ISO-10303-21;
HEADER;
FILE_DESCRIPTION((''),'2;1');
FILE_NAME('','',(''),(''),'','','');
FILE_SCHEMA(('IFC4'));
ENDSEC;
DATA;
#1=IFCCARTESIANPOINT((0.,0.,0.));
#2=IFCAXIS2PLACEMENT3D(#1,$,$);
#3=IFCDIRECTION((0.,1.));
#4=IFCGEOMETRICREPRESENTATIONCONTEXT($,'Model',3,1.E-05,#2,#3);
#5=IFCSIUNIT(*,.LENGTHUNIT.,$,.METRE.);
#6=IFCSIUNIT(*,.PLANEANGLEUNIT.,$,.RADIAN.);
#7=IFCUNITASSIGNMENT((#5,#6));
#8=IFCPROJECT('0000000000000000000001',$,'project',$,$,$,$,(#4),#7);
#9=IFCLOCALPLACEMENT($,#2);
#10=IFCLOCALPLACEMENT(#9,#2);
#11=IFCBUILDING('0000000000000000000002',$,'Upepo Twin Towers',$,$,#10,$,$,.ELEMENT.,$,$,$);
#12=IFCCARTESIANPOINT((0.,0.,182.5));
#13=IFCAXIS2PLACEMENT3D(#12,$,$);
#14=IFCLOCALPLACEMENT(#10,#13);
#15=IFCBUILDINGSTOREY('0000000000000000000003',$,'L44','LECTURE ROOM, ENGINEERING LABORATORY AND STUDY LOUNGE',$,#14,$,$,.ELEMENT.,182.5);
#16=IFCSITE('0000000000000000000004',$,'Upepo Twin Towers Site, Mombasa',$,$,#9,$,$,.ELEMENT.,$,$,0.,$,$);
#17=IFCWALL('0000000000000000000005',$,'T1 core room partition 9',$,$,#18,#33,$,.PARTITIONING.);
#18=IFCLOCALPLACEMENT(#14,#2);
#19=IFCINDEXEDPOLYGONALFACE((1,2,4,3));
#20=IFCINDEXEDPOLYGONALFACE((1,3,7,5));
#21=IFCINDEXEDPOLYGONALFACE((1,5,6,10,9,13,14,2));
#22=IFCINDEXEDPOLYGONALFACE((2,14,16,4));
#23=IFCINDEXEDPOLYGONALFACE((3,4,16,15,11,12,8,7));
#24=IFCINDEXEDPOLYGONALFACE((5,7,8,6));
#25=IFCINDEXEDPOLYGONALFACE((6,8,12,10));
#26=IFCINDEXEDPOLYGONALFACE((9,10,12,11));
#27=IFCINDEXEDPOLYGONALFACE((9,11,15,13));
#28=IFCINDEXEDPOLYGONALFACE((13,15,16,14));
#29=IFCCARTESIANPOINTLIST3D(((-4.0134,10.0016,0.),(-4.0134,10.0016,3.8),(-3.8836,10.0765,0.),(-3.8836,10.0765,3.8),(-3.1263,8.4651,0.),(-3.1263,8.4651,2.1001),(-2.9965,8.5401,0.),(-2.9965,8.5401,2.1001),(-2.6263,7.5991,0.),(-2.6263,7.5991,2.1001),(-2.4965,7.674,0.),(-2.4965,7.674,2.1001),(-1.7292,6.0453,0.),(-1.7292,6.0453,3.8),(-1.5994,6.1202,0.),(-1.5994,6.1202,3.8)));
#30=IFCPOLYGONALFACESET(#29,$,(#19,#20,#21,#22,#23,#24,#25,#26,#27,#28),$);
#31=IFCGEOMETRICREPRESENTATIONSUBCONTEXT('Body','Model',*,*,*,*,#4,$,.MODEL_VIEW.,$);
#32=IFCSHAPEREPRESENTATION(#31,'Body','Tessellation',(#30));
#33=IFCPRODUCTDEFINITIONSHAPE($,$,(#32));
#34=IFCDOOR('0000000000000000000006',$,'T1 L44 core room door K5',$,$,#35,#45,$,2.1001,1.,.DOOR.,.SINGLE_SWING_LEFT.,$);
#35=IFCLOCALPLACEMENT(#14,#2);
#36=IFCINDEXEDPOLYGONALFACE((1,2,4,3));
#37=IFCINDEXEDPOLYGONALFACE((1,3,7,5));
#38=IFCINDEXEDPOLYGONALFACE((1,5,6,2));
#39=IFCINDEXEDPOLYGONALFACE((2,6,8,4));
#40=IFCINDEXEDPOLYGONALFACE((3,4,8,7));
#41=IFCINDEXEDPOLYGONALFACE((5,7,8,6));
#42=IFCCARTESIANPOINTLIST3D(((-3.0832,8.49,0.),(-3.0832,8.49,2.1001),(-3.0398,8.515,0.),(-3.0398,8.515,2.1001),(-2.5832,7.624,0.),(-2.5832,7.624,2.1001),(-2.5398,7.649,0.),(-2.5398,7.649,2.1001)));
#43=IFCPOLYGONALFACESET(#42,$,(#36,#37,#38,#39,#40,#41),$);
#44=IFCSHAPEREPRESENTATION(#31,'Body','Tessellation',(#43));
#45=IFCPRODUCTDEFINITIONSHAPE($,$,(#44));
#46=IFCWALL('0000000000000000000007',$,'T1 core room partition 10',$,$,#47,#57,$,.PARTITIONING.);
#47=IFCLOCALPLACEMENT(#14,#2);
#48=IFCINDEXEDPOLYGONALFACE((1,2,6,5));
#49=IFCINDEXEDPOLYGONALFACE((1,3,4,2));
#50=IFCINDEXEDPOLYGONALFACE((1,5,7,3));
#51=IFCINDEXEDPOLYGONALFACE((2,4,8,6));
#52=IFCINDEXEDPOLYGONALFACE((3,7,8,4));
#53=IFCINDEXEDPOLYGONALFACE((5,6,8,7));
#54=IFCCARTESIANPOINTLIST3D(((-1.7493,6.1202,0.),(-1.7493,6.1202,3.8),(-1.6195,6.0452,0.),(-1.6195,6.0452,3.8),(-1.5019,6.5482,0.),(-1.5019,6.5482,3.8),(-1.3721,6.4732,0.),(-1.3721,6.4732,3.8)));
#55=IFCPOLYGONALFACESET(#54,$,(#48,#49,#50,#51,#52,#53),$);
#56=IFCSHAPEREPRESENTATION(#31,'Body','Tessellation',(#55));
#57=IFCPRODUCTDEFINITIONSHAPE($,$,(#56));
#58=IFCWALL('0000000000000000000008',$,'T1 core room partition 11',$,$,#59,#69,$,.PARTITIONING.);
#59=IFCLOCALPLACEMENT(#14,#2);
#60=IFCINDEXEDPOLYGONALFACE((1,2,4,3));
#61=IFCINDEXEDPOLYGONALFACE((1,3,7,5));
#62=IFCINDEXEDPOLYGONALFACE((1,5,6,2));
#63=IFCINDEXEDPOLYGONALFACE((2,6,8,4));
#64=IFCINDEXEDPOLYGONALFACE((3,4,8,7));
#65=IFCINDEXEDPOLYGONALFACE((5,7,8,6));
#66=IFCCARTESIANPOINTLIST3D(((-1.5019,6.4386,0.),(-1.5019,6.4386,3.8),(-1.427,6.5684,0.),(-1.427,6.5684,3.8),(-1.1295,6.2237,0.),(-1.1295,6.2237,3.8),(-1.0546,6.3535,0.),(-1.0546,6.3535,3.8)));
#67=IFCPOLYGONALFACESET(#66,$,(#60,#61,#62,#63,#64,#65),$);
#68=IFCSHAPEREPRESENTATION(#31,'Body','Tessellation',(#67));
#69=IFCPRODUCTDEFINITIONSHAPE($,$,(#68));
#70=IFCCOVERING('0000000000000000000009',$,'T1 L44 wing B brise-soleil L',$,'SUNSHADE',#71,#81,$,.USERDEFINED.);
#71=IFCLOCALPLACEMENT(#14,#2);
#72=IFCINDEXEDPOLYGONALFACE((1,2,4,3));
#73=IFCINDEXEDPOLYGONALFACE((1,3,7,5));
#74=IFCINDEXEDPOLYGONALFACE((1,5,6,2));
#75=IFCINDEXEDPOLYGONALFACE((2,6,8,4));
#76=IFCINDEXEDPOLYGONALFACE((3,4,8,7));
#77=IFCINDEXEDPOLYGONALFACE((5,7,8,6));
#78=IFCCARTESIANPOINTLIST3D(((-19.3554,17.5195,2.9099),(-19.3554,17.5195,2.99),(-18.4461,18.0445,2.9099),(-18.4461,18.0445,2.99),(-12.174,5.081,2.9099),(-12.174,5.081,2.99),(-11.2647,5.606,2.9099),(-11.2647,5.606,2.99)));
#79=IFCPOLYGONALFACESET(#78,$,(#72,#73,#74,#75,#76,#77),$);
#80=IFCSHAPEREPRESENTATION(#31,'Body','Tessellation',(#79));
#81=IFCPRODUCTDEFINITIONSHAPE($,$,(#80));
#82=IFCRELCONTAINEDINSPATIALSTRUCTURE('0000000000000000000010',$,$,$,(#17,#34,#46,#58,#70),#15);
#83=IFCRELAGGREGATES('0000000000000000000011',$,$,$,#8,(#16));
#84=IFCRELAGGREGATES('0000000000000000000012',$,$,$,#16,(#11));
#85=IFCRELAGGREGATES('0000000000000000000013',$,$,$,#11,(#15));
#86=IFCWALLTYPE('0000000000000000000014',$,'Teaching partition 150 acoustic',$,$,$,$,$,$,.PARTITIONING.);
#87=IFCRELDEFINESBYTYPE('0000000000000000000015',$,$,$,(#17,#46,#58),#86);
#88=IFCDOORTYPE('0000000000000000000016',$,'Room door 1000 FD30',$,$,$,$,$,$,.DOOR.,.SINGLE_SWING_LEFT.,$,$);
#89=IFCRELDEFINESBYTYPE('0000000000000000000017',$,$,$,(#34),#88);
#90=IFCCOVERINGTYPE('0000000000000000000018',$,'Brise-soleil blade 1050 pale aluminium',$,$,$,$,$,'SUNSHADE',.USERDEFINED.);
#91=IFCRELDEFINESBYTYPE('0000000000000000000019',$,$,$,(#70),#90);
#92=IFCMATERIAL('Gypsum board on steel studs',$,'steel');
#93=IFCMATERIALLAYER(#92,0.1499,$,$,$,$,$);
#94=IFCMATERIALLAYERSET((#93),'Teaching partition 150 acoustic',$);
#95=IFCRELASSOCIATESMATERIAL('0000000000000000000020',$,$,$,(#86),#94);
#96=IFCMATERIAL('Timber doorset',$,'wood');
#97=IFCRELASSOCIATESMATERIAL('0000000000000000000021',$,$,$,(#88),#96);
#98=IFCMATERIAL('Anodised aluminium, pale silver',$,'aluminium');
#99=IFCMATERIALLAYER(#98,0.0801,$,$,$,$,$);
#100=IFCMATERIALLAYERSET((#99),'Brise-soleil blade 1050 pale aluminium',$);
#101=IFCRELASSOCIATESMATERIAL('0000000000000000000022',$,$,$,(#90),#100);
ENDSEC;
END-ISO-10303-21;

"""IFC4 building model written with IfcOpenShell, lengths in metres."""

from ifc_helpers import new_model, si_unit, direction, frame, frame_2d, origin, origin_2d, place, context, subcontext, project, spatial, rectangle, extrude, material, layer, layer_set, type_object, element, fill, save


model = new_model("IFC4")

# Units and contexts
model_context = context("Model", 3, precision=1e-05, world=origin(), true_north=direction((0.0, 1.0)))
body_context = subcontext(model_context, "Body", "Model", "MODEL_VIEW")
ifc_project = project(units=[si_unit("LENGTHUNIT", "METRE"), si_unit("PLANEANGLEUNIT", "RADIAN")], contexts=[model_context])

# Site, building, storey
site_placement = place(None, origin())
site = spatial("IfcSite", under=ifc_project, at=site_placement, Name="Upepo Twin Towers Site, Mombasa", CompositionType="ELEMENT", RefElevation=0.0)
building_placement = place(site_placement, origin())
building = spatial("IfcBuilding", under=site, at=building_placement, Name="Upepo Twin Towers", CompositionType="ELEMENT")
storey_placement = place(building_placement, frame((0.0, 0.0, 182.5)))
storey = spatial("IfcBuildingStorey", under=building, at=storey_placement, Name="L44", Description="LECTURE ROOM, ENGINEERING LABORATORY AND STUDY LOUNGE", CompositionType="ELEMENT", Elevation=182.5)

# Wall, opening, door
ifc_material_1 = material(Name="Gypsum board on steel studs", Category="steel")
ifc_layer_1 = layer(ifc_material_1, 0.1499)
ifc_layer_set_1 = layer_set([ifc_layer_1], Name="Teaching partition 150 acoustic")
wall_type_1 = type_object("IfcWallType", Name="Teaching partition 150 acoustic", PredefinedType="PARTITIONING", material=ifc_layer_set_1)
wall_1_placement = place(storey_placement, frame((-3.9485, 10.0391, 0.0), z_axis=(0.0, 0.0, 1.0), x_axis=(0.500002, -0.866025, 0.0)))
wall_1 = element("IfcWall", 1, at=wall_1_placement, inside=storey, type_object=wall_type_1, Name="T1 core room partition 9", PredefinedType="PARTITIONING", context=body_context, shape_type="SweptSolid", body=[
    extrude(rectangle(XDim=4.5684, YDim=0.1499, at=frame_2d((2.2842, 0.0))), origin(), (0.0, 0.0, 1.0), 3.8),
])
opening_1_placement = place(wall_1_placement, frame((1.7742, 0.0, 0.0)))
opening_1 = element("IfcOpeningElement", 2, at=opening_1_placement, cuts=wall_1, PredefinedType="OPENING", context=body_context, shape_type="SweptSolid", body=[
    extrude(rectangle(XDim=1.0, YDim=2.1001, at=frame_2d((0.5, 1.05))), frame((0.0, 0.085, 0.0), z_axis=(0.0, -1.0, 0.0), x_axis=(1.0, 0.0, 0.0)), (0.0, 0.0, 1.0), 0.1699),
])
ifc_material_2 = material(Name="Timber doorset", Category="wood")
door_type_1 = type_object("IfcDoorType", Name="Room door 1000 FD30", OperationType="SINGLE_SWING_LEFT", PredefinedType="DOOR", material=ifc_material_2)
door_1_placement = place(opening_1_placement, origin())
door_1 = element("IfcDoor", 3, at=door_1_placement, inside=storey, type_object=door_type_1, Name="T1 L44 core room door K5", OperationType="SINGLE_SWING_LEFT", OverallHeight=2.1001, OverallWidth=1.0, PredefinedType="DOOR", context=body_context, shape_type="SweptSolid", body=[
    extrude(rectangle(XDim=1.0, YDim=2.1001, at=frame_2d((0.5, 1.05))), frame((0.0, 0.0249, 0.0), z_axis=(0.0, -1.0, 0.0), x_axis=(1.0, 0.0, 0.0)), (0.0, 0.0, 1.0), 0.05),
])
fill(opening_1, door_1)

# Walls
wall_2_placement = place(storey_placement, frame((-1.6843, 6.0828, 0.0), z_axis=(0.0, 0.0, 1.0), x_axis=(0.500335, 0.865832, 0.0)))
element("IfcWall", 4, at=wall_2_placement, inside=storey, type_object=wall_type_1, Name="T1 core room partition 10", PredefinedType="PARTITIONING", context=body_context, shape_type="SweptSolid", body=[
    extrude(rectangle(XDim=0.4944, YDim=0.1499, at=frame_2d((0.2471, 0.0))), origin(), (0.0, 0.0, 1.0), 3.8),
])
wall_3_placement = place(storey_placement, frame((-1.4644, 6.5034, 0.0), z_axis=(0.0, 0.0, 1.0), x_axis=(0.866138, -0.499804, 0.0)))
element("IfcWall", 5, at=wall_3_placement, inside=storey, type_object=wall_type_1, Name="T1 core room partition 11", PredefinedType="PARTITIONING", context=body_context, shape_type="SweptSolid", body=[
    extrude(rectangle(XDim=0.4299, YDim=0.1499, at=frame_2d((0.2148, 0.0))), origin(), (0.0, 0.0, 1.0), 3.8),
])

# Covering
ifc_material_3 = material(Name="Anodised aluminium, pale silver", Category="aluminium")
ifc_layer_2 = layer(ifc_material_3, 0.0801)
ifc_layer_set_2 = layer_set([ifc_layer_2], Name="Brise-soleil blade 1050 pale aluminium")
covering_type = type_object("IfcCoveringType", Name="Brise-soleil blade 1050 pale aluminium", ElementType="SUNSHADE", PredefinedType="USERDEFINED", material=ifc_layer_set_2)
covering_placement = place(storey_placement, frame((-15.3101, 11.5627, 2.9099), z_axis=(0.0, 0.0, 1.0), x_axis=(-0.5, 0.866025, 0.0)))
element("IfcCovering", 6, at=covering_placement, inside=storey, type_object=covering_type, Name="T1 L44 wing B brise-soleil L", ObjectType="SUNSHADE", PredefinedType="USERDEFINED", context=body_context, shape_type="SweptSolid", body=[
    extrude(rectangle(XDim=14.3628, YDim=1.05, at=origin_2d()), origin(), (0.0, 0.0, 1.0), 0.0801),
])

save(model, "model.ifc")
